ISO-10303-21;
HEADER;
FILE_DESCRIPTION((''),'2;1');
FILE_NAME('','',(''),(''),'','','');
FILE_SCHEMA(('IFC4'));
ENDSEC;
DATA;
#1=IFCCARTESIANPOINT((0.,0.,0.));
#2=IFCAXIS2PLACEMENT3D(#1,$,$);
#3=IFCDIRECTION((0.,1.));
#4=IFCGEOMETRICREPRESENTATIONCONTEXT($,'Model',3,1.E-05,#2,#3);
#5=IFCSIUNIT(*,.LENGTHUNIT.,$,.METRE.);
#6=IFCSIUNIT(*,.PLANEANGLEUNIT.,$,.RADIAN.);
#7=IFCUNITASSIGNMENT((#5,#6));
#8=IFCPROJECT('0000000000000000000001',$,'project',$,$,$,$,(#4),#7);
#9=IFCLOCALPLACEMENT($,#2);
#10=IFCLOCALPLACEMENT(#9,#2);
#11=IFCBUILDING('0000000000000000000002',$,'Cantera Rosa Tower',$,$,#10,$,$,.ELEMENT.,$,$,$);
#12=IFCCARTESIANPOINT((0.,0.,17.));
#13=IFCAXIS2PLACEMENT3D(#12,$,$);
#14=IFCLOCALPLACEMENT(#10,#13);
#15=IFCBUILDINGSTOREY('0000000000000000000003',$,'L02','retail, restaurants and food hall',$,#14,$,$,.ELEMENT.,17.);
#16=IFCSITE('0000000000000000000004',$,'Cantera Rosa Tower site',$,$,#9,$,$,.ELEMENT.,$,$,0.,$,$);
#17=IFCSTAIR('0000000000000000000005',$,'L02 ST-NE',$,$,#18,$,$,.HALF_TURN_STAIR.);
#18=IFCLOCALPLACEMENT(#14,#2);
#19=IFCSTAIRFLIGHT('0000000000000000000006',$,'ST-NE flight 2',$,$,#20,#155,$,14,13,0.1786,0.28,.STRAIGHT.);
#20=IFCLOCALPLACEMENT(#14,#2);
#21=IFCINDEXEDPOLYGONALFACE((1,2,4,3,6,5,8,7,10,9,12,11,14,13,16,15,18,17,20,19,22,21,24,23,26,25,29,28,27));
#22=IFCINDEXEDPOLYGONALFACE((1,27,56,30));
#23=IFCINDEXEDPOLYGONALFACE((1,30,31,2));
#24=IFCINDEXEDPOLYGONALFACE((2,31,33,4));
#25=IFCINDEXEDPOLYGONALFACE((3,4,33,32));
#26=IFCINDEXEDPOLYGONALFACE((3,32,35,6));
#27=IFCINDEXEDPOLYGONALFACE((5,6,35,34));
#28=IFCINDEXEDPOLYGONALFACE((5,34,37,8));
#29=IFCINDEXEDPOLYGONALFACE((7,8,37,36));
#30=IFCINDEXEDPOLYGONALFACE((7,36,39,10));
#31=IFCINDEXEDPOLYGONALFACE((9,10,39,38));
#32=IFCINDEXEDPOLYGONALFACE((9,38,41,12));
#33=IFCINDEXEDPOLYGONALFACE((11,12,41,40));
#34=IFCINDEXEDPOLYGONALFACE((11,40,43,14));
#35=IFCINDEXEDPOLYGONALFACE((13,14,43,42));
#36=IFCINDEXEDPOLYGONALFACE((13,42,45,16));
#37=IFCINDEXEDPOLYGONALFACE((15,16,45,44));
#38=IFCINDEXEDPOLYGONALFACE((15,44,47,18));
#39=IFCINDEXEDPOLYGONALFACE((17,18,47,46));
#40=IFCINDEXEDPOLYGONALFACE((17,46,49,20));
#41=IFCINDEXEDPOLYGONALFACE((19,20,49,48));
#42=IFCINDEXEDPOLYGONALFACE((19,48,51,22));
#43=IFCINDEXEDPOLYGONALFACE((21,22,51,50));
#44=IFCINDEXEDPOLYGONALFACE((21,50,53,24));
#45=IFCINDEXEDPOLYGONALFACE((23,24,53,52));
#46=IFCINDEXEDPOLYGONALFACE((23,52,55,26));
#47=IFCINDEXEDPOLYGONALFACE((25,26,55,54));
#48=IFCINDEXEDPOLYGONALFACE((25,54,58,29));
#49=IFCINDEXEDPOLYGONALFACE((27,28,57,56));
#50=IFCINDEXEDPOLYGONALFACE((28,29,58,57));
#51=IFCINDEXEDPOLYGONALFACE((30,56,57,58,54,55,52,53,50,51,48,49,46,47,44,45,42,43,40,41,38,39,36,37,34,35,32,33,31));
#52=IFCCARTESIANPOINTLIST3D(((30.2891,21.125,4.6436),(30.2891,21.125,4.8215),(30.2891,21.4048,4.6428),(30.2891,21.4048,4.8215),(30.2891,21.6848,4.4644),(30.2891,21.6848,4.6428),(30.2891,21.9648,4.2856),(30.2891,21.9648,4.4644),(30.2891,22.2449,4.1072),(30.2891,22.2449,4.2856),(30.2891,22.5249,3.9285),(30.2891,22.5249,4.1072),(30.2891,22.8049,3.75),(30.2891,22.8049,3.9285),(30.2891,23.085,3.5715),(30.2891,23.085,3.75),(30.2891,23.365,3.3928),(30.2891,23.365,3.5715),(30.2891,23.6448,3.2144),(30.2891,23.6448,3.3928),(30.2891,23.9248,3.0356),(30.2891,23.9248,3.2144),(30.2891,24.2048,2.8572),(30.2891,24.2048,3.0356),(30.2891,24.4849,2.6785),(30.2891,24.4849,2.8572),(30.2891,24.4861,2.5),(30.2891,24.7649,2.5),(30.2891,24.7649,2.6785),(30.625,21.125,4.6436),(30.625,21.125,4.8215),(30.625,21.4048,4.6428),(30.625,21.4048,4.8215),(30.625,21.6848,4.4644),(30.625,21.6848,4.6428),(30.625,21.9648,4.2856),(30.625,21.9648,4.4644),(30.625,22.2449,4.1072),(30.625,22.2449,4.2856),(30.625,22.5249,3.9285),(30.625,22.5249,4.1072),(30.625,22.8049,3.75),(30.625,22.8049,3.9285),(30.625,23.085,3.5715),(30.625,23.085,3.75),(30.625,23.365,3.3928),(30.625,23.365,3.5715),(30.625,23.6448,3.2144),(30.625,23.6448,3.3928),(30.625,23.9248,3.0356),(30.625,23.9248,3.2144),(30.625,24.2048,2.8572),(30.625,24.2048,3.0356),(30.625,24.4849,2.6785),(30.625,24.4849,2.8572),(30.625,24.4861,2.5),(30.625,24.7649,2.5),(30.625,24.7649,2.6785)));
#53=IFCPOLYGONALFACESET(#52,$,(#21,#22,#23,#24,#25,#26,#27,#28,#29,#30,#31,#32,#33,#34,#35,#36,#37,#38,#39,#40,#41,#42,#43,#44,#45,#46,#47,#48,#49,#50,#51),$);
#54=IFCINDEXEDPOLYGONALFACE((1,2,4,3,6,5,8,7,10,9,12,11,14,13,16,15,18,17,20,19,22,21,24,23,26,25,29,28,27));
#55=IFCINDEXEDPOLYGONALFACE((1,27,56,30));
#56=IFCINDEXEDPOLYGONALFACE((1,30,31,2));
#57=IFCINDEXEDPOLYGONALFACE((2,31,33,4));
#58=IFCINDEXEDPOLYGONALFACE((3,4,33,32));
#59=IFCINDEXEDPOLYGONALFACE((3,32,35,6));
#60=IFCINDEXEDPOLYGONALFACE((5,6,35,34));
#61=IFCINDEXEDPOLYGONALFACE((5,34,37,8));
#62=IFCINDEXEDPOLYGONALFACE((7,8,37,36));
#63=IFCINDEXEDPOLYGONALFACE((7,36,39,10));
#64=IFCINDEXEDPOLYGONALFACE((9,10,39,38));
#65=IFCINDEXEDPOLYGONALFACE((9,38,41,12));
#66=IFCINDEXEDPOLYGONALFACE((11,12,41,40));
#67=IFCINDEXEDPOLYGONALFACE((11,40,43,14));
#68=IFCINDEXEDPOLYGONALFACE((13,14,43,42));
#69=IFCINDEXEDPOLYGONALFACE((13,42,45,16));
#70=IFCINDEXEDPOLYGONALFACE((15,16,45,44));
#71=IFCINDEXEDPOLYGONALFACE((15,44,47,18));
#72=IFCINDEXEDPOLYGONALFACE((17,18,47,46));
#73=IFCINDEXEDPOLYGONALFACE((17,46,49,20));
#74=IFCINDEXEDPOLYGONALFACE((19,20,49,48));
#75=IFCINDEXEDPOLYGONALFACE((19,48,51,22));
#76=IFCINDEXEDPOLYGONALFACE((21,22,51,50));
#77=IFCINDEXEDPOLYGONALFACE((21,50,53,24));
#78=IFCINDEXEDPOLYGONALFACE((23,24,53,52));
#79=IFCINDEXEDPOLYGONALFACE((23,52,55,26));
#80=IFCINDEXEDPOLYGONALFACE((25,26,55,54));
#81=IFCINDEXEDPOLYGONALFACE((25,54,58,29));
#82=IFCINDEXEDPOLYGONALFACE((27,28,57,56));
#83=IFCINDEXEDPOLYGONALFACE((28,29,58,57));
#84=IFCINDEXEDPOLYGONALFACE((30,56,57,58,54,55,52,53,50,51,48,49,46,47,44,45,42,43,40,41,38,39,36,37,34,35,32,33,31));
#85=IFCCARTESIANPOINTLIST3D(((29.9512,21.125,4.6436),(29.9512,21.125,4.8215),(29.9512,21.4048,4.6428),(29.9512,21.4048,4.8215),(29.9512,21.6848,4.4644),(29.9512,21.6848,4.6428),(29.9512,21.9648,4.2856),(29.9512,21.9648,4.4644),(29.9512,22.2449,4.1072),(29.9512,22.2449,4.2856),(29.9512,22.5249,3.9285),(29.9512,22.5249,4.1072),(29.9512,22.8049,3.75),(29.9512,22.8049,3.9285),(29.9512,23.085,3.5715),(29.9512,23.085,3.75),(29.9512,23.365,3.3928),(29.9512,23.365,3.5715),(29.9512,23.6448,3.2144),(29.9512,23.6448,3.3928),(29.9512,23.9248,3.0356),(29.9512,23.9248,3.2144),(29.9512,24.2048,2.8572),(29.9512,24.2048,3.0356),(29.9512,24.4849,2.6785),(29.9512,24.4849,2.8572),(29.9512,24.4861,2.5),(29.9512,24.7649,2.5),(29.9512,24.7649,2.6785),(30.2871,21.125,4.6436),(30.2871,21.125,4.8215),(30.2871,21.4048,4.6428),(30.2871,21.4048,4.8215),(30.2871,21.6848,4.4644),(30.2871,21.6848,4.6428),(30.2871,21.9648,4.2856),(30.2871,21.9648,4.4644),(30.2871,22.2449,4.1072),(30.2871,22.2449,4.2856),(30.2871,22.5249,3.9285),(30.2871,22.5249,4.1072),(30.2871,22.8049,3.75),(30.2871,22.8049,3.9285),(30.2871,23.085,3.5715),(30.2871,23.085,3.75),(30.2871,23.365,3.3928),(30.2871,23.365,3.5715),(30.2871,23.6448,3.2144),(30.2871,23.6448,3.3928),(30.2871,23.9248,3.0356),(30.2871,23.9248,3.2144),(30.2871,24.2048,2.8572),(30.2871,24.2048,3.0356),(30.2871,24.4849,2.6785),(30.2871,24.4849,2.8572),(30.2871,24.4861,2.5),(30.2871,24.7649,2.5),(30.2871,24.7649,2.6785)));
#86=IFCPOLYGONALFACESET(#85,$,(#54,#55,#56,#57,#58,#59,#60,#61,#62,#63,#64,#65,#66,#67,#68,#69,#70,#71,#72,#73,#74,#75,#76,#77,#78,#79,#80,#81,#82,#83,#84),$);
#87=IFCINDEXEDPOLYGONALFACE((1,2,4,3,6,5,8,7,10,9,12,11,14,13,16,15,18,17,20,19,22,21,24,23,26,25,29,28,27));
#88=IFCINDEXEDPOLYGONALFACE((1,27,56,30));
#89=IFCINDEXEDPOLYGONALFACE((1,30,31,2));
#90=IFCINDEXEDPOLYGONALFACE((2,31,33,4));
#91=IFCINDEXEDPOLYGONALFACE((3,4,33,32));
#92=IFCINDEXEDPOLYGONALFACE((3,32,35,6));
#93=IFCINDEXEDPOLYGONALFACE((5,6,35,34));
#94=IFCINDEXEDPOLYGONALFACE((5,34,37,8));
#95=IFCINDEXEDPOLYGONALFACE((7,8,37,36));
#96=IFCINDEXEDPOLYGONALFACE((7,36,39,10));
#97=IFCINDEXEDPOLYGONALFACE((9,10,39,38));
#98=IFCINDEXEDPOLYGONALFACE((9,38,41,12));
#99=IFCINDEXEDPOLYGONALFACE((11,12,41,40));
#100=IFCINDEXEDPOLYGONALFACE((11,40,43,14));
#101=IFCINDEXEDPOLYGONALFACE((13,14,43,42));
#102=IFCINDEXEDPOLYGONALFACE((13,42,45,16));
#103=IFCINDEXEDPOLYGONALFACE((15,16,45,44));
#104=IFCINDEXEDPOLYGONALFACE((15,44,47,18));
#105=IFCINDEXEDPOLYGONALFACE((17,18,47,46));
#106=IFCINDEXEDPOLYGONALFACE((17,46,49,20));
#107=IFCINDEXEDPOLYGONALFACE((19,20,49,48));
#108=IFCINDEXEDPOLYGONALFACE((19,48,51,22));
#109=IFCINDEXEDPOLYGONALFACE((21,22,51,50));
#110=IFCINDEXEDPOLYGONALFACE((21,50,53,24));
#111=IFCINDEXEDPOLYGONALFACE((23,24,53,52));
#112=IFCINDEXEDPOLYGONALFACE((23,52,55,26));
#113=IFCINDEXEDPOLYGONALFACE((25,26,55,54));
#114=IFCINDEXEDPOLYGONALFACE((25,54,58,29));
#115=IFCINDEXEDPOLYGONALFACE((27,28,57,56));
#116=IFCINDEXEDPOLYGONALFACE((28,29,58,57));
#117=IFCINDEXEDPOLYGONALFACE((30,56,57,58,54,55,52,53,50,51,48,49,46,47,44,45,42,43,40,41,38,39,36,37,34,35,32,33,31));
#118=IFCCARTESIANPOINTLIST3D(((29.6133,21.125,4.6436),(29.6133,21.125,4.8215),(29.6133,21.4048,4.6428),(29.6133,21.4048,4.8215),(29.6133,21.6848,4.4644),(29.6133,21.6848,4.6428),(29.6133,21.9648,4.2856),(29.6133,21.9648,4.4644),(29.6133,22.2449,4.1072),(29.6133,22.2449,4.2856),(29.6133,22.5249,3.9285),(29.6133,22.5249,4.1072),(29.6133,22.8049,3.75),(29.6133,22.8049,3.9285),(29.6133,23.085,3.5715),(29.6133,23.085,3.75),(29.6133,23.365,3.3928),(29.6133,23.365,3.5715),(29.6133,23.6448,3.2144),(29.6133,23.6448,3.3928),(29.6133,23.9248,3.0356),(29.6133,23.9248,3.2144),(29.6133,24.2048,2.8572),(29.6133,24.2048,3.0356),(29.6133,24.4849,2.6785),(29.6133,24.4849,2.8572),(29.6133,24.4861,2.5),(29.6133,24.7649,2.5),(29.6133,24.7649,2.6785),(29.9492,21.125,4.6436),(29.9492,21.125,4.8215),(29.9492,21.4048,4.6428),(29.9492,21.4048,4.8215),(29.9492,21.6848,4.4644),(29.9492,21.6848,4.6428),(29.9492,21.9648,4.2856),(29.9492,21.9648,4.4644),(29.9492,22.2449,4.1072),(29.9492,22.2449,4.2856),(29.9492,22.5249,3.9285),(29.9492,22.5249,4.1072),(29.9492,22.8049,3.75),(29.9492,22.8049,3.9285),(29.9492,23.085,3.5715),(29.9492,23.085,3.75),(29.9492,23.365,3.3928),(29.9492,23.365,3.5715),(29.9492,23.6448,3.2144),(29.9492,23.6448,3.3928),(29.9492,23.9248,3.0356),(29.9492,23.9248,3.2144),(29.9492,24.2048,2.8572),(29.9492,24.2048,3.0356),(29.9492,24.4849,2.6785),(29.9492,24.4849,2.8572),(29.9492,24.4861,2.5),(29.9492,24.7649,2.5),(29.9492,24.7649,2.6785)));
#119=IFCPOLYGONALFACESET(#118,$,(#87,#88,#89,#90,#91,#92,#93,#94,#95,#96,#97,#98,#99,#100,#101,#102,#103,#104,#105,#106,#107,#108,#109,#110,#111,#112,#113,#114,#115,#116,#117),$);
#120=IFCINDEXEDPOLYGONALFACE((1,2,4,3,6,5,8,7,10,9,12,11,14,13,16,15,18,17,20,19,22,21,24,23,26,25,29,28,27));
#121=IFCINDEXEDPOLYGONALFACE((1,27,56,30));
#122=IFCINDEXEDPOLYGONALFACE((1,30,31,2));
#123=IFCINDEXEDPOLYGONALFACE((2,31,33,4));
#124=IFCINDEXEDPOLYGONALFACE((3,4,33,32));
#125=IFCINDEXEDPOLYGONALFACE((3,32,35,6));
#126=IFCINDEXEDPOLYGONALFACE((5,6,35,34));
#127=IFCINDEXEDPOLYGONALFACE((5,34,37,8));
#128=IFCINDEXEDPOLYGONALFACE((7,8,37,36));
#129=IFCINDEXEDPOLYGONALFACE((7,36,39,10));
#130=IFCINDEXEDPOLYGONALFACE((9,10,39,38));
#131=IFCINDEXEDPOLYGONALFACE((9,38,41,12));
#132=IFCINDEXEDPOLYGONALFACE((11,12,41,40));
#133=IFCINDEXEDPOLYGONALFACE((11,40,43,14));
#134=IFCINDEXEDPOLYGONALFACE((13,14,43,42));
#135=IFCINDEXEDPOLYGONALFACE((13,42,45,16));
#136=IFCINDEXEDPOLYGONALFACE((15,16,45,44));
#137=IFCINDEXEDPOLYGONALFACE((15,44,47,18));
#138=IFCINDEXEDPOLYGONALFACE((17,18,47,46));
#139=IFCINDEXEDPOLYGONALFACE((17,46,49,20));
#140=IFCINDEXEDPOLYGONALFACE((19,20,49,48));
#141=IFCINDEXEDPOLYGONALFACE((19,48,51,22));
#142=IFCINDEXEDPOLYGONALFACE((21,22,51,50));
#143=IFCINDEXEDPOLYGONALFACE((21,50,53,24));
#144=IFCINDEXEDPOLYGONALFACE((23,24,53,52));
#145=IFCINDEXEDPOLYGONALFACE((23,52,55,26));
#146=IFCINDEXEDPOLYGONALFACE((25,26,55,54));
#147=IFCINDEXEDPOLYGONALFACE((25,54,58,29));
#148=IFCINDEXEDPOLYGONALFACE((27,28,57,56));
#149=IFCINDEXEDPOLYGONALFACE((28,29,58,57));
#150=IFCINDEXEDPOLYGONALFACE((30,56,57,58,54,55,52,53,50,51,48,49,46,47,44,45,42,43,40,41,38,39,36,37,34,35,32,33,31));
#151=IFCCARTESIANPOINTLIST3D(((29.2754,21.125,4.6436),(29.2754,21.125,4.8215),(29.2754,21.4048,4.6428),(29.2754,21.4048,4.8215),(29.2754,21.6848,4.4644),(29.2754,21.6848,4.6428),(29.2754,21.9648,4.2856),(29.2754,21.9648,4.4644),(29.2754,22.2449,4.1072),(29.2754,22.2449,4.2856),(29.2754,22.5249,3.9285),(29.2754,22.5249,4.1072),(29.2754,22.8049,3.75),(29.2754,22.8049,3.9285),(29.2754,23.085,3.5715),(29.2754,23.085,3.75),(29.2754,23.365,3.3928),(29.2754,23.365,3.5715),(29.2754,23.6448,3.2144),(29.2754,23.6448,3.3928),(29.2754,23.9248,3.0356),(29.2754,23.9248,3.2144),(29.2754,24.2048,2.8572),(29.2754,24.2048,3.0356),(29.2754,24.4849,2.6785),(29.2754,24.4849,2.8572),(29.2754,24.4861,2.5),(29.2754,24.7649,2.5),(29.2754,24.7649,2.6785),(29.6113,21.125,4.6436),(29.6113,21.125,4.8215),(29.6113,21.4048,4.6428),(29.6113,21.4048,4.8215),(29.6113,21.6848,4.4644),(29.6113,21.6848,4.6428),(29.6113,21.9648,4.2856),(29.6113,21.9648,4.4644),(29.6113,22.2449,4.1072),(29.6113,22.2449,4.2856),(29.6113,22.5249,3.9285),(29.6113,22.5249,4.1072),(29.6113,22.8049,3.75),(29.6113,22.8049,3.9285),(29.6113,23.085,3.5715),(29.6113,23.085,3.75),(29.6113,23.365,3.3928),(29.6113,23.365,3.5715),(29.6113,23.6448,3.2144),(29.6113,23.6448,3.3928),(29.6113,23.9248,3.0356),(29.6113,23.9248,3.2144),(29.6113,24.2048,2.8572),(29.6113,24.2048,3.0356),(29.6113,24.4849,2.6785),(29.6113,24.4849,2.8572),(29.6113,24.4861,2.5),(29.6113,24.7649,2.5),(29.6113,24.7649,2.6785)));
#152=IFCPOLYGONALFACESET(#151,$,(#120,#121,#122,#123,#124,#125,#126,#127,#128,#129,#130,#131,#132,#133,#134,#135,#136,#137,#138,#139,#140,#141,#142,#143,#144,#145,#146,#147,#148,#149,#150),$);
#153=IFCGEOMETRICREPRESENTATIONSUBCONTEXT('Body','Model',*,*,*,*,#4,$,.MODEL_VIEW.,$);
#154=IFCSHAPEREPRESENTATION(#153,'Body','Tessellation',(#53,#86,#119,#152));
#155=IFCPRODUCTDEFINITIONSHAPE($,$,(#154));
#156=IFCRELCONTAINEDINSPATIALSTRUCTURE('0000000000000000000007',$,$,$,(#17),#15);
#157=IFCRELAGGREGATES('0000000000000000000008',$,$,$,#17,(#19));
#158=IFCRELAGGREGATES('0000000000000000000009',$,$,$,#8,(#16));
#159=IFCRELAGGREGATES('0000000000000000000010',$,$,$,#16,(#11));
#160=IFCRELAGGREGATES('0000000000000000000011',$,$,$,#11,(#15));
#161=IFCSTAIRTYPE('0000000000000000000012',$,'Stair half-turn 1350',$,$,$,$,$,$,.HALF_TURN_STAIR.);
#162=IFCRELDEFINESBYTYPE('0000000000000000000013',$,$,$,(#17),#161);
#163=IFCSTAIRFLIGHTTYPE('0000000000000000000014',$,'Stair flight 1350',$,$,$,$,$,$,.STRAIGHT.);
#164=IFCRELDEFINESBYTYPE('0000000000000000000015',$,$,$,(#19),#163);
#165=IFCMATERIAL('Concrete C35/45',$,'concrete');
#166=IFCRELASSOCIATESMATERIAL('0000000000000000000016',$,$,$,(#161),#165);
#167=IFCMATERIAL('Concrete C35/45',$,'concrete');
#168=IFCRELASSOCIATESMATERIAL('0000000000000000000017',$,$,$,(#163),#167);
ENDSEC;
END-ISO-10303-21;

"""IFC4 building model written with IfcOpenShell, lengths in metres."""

from ifc_helpers import new_model, si_unit, direction, frame, origin, place, context, subcontext, project, spatial, polyline, outline, extrude, material, type_object, element, aggregate, save


model = new_model("IFC4")

# Units and contexts
model_context = context("Model", 3, precision=1e-05, world=origin(), true_north=direction((0.0, 1.0)))
body_context = subcontext(model_context, "Body", "Model", "MODEL_VIEW")
ifc_project = project(units=[si_unit("LENGTHUNIT", "METRE"), si_unit("PLANEANGLEUNIT", "RADIAN")], contexts=[model_context])

# Site, building, storey
site_placement = place(None, origin())
site = spatial("IfcSite", under=ifc_project, at=site_placement, Name="Cantera Rosa Tower site", CompositionType="ELEMENT", RefElevation=0.0)
building_placement = place(site_placement, origin())
building = spatial("IfcBuilding", under=site, at=building_placement, Name="Cantera Rosa Tower", CompositionType="ELEMENT")
storey_placement = place(building_placement, frame((0.0, 0.0, 17.0)))
storey = spatial("IfcBuildingStorey", under=building, at=storey_placement, Name="L02", Description="retail, restaurants and food hall", CompositionType="ELEMENT", Elevation=17.0)

# Stair, stair flight
ifc_material_1 = material(Name="Concrete C35/45", Category="concrete")
stair_type = type_object("IfcStairType", Name="Stair half-turn 1350", PredefinedType="HALF_TURN_STAIR", material=ifc_material_1)
stair_placement = place(storey_placement, origin())
stair = element("IfcStair", 1, at=stair_placement, inside=storey, type_object=stair_type, Name="L02 ST-NE", PredefinedType="HALF_TURN_STAIR")
ifc_material_2 = material(Name="Concrete C35/45", Category="concrete")
stair_flight_type = type_object("IfcStairFlightType", Name="Stair flight 1350", PredefinedType="STRAIGHT", material=ifc_material_2)
stair_flight_1_placement = place(storey_placement, frame((29.95, 24.7649, 2.5), z_axis=(0.0, 0.0, 1.0), x_axis=(0.0, -1.0, 0.0)))
stair_flight_1 = element("IfcStairFlight", 2, at=stair_flight_1_placement, type_object=stair_flight_type, Name="ST-NE flight 2", NumberOfRisers=14, NumberOfTreads=13, PredefinedType="STRAIGHT", RiserHeight=0.1786, TreadLength=0.28, context=body_context, shape_type="SweptSolid", body=[
    extrude(outline(polyline([(0.0, 0.0), (0.0, 0.1785), (0.28, 0.1785), (0.28, 0.3572), (0.5601, 0.3572), (0.5601, 0.5356), (0.8401, 0.5356), (0.8401, 0.7144), (1.1201, 0.7144), (1.1201, 0.8928), (1.3999, 0.8928), (1.3999, 1.0715), (1.6799, 1.0715), (1.6799, 1.25), (1.96, 1.25), (1.96, 1.4285), (2.24, 1.4285), (2.24, 1.6072), (2.52, 1.6072), (2.52, 1.7856), (2.8, 1.7856), (2.8, 1.9644), (3.0801, 1.9644), (3.0801, 2.1428), (3.3601, 2.1428), (3.3601, 2.3215), (3.6399, 2.3215), (3.6399, 2.5), (3.6399, 2.1436), (0.2788, 0.0), (0.0, 0.0)])), frame((0.0, 0.675, 0.0), z_axis=(0.0, -1.0, 0.0), x_axis=(1.0, 0.0, 0.0)), (0.0, 0.0, 1.0), 0.3359),
    extrude(outline(polyline([(0.0, 0.0), (0.0, 0.1785), (0.28, 0.1785), (0.28, 0.3572), (0.5601, 0.3572), (0.5601, 0.5356), (0.8401, 0.5356), (0.8401, 0.7144), (1.1201, 0.7144), (1.1201, 0.8928), (1.3999, 0.8928), (1.3999, 1.0715), (1.6799, 1.0715), (1.6799, 1.25), (1.96, 1.25), (1.96, 1.4285), (2.24, 1.4285), (2.24, 1.6072), (2.52, 1.6072), (2.52, 1.7856), (2.8, 1.7856), (2.8, 1.9644), (3.0801, 1.9644), (3.0801, 2.1428), (3.3601, 2.1428), (3.3601, 2.3215), (3.6399, 2.3215), (3.6399, 2.5), (3.6399, 2.1436), (0.2788, 0.0), (0.0, 0.0)])), frame((0.0, 0.3372, 0.0), z_axis=(0.0, -1.0, 0.0), x_axis=(1.0, 0.0, 0.0)), (0.0, 0.0, 1.0), 0.3359),
    extrude(outline(polyline([(0.0, 0.0), (0.0, 0.1785), (0.28, 0.1785), (0.28, 0.3572), (0.5601, 0.3572), (0.5601, 0.5356), (0.8401, 0.5356), (0.8401, 0.7144), (1.1201, 0.7144), (1.1201, 0.8928), (1.3999, 0.8928), (1.3999, 1.0715), (1.6799, 1.0715), (1.6799, 1.25), (1.96, 1.25), (1.96, 1.4285), (2.24, 1.4285), (2.24, 1.6072), (2.52, 1.6072), (2.52, 1.7856), (2.8, 1.7856), (2.8, 1.9644), (3.0801, 1.9644), (3.0801, 2.1428), (3.3601, 2.1428), (3.3601, 2.3215), (3.6399, 2.3215), (3.6399, 2.5), (3.6399, 2.1436), (0.2788, 0.0), (0.0, 0.0)])), frame((0.0, -0.0007, 0.0), z_axis=(0.0, -1.0, 0.0), x_axis=(1.0, 0.0, 0.0)), (0.0, 0.0, 1.0), 0.3359),
    extrude(outline(polyline([(0.0, 0.0), (0.0, 0.1785), (0.28, 0.1785), (0.28, 0.3572), (0.5601, 0.3572), (0.5601, 0.5356), (0.8401, 0.5356), (0.8401, 0.7144), (1.1201, 0.7144), (1.1201, 0.8928), (1.3999, 0.8928), (1.3999, 1.0715), (1.6799, 1.0715), (1.6799, 1.25), (1.96, 1.25), (1.96, 1.4285), (2.24, 1.4285), (2.24, 1.6072), (2.52, 1.6072), (2.52, 1.7856), (2.8, 1.7856), (2.8, 1.9644), (3.0801, 1.9644), (3.0801, 2.1428), (3.3601, 2.1428), (3.3601, 2.3215), (3.6399, 2.3215), (3.6399, 2.5), (3.6399, 2.1436), (0.2788, 0.0), (0.0, 0.0)])), frame((0.0, -0.3386, 0.0), z_axis=(0.0, -1.0, 0.0), x_axis=(1.0, 0.0, 0.0)), (0.0, 0.0, 1.0), 0.3359),
])
aggregate(stair, [stair_flight_1])

save(model, "model.ifc")
